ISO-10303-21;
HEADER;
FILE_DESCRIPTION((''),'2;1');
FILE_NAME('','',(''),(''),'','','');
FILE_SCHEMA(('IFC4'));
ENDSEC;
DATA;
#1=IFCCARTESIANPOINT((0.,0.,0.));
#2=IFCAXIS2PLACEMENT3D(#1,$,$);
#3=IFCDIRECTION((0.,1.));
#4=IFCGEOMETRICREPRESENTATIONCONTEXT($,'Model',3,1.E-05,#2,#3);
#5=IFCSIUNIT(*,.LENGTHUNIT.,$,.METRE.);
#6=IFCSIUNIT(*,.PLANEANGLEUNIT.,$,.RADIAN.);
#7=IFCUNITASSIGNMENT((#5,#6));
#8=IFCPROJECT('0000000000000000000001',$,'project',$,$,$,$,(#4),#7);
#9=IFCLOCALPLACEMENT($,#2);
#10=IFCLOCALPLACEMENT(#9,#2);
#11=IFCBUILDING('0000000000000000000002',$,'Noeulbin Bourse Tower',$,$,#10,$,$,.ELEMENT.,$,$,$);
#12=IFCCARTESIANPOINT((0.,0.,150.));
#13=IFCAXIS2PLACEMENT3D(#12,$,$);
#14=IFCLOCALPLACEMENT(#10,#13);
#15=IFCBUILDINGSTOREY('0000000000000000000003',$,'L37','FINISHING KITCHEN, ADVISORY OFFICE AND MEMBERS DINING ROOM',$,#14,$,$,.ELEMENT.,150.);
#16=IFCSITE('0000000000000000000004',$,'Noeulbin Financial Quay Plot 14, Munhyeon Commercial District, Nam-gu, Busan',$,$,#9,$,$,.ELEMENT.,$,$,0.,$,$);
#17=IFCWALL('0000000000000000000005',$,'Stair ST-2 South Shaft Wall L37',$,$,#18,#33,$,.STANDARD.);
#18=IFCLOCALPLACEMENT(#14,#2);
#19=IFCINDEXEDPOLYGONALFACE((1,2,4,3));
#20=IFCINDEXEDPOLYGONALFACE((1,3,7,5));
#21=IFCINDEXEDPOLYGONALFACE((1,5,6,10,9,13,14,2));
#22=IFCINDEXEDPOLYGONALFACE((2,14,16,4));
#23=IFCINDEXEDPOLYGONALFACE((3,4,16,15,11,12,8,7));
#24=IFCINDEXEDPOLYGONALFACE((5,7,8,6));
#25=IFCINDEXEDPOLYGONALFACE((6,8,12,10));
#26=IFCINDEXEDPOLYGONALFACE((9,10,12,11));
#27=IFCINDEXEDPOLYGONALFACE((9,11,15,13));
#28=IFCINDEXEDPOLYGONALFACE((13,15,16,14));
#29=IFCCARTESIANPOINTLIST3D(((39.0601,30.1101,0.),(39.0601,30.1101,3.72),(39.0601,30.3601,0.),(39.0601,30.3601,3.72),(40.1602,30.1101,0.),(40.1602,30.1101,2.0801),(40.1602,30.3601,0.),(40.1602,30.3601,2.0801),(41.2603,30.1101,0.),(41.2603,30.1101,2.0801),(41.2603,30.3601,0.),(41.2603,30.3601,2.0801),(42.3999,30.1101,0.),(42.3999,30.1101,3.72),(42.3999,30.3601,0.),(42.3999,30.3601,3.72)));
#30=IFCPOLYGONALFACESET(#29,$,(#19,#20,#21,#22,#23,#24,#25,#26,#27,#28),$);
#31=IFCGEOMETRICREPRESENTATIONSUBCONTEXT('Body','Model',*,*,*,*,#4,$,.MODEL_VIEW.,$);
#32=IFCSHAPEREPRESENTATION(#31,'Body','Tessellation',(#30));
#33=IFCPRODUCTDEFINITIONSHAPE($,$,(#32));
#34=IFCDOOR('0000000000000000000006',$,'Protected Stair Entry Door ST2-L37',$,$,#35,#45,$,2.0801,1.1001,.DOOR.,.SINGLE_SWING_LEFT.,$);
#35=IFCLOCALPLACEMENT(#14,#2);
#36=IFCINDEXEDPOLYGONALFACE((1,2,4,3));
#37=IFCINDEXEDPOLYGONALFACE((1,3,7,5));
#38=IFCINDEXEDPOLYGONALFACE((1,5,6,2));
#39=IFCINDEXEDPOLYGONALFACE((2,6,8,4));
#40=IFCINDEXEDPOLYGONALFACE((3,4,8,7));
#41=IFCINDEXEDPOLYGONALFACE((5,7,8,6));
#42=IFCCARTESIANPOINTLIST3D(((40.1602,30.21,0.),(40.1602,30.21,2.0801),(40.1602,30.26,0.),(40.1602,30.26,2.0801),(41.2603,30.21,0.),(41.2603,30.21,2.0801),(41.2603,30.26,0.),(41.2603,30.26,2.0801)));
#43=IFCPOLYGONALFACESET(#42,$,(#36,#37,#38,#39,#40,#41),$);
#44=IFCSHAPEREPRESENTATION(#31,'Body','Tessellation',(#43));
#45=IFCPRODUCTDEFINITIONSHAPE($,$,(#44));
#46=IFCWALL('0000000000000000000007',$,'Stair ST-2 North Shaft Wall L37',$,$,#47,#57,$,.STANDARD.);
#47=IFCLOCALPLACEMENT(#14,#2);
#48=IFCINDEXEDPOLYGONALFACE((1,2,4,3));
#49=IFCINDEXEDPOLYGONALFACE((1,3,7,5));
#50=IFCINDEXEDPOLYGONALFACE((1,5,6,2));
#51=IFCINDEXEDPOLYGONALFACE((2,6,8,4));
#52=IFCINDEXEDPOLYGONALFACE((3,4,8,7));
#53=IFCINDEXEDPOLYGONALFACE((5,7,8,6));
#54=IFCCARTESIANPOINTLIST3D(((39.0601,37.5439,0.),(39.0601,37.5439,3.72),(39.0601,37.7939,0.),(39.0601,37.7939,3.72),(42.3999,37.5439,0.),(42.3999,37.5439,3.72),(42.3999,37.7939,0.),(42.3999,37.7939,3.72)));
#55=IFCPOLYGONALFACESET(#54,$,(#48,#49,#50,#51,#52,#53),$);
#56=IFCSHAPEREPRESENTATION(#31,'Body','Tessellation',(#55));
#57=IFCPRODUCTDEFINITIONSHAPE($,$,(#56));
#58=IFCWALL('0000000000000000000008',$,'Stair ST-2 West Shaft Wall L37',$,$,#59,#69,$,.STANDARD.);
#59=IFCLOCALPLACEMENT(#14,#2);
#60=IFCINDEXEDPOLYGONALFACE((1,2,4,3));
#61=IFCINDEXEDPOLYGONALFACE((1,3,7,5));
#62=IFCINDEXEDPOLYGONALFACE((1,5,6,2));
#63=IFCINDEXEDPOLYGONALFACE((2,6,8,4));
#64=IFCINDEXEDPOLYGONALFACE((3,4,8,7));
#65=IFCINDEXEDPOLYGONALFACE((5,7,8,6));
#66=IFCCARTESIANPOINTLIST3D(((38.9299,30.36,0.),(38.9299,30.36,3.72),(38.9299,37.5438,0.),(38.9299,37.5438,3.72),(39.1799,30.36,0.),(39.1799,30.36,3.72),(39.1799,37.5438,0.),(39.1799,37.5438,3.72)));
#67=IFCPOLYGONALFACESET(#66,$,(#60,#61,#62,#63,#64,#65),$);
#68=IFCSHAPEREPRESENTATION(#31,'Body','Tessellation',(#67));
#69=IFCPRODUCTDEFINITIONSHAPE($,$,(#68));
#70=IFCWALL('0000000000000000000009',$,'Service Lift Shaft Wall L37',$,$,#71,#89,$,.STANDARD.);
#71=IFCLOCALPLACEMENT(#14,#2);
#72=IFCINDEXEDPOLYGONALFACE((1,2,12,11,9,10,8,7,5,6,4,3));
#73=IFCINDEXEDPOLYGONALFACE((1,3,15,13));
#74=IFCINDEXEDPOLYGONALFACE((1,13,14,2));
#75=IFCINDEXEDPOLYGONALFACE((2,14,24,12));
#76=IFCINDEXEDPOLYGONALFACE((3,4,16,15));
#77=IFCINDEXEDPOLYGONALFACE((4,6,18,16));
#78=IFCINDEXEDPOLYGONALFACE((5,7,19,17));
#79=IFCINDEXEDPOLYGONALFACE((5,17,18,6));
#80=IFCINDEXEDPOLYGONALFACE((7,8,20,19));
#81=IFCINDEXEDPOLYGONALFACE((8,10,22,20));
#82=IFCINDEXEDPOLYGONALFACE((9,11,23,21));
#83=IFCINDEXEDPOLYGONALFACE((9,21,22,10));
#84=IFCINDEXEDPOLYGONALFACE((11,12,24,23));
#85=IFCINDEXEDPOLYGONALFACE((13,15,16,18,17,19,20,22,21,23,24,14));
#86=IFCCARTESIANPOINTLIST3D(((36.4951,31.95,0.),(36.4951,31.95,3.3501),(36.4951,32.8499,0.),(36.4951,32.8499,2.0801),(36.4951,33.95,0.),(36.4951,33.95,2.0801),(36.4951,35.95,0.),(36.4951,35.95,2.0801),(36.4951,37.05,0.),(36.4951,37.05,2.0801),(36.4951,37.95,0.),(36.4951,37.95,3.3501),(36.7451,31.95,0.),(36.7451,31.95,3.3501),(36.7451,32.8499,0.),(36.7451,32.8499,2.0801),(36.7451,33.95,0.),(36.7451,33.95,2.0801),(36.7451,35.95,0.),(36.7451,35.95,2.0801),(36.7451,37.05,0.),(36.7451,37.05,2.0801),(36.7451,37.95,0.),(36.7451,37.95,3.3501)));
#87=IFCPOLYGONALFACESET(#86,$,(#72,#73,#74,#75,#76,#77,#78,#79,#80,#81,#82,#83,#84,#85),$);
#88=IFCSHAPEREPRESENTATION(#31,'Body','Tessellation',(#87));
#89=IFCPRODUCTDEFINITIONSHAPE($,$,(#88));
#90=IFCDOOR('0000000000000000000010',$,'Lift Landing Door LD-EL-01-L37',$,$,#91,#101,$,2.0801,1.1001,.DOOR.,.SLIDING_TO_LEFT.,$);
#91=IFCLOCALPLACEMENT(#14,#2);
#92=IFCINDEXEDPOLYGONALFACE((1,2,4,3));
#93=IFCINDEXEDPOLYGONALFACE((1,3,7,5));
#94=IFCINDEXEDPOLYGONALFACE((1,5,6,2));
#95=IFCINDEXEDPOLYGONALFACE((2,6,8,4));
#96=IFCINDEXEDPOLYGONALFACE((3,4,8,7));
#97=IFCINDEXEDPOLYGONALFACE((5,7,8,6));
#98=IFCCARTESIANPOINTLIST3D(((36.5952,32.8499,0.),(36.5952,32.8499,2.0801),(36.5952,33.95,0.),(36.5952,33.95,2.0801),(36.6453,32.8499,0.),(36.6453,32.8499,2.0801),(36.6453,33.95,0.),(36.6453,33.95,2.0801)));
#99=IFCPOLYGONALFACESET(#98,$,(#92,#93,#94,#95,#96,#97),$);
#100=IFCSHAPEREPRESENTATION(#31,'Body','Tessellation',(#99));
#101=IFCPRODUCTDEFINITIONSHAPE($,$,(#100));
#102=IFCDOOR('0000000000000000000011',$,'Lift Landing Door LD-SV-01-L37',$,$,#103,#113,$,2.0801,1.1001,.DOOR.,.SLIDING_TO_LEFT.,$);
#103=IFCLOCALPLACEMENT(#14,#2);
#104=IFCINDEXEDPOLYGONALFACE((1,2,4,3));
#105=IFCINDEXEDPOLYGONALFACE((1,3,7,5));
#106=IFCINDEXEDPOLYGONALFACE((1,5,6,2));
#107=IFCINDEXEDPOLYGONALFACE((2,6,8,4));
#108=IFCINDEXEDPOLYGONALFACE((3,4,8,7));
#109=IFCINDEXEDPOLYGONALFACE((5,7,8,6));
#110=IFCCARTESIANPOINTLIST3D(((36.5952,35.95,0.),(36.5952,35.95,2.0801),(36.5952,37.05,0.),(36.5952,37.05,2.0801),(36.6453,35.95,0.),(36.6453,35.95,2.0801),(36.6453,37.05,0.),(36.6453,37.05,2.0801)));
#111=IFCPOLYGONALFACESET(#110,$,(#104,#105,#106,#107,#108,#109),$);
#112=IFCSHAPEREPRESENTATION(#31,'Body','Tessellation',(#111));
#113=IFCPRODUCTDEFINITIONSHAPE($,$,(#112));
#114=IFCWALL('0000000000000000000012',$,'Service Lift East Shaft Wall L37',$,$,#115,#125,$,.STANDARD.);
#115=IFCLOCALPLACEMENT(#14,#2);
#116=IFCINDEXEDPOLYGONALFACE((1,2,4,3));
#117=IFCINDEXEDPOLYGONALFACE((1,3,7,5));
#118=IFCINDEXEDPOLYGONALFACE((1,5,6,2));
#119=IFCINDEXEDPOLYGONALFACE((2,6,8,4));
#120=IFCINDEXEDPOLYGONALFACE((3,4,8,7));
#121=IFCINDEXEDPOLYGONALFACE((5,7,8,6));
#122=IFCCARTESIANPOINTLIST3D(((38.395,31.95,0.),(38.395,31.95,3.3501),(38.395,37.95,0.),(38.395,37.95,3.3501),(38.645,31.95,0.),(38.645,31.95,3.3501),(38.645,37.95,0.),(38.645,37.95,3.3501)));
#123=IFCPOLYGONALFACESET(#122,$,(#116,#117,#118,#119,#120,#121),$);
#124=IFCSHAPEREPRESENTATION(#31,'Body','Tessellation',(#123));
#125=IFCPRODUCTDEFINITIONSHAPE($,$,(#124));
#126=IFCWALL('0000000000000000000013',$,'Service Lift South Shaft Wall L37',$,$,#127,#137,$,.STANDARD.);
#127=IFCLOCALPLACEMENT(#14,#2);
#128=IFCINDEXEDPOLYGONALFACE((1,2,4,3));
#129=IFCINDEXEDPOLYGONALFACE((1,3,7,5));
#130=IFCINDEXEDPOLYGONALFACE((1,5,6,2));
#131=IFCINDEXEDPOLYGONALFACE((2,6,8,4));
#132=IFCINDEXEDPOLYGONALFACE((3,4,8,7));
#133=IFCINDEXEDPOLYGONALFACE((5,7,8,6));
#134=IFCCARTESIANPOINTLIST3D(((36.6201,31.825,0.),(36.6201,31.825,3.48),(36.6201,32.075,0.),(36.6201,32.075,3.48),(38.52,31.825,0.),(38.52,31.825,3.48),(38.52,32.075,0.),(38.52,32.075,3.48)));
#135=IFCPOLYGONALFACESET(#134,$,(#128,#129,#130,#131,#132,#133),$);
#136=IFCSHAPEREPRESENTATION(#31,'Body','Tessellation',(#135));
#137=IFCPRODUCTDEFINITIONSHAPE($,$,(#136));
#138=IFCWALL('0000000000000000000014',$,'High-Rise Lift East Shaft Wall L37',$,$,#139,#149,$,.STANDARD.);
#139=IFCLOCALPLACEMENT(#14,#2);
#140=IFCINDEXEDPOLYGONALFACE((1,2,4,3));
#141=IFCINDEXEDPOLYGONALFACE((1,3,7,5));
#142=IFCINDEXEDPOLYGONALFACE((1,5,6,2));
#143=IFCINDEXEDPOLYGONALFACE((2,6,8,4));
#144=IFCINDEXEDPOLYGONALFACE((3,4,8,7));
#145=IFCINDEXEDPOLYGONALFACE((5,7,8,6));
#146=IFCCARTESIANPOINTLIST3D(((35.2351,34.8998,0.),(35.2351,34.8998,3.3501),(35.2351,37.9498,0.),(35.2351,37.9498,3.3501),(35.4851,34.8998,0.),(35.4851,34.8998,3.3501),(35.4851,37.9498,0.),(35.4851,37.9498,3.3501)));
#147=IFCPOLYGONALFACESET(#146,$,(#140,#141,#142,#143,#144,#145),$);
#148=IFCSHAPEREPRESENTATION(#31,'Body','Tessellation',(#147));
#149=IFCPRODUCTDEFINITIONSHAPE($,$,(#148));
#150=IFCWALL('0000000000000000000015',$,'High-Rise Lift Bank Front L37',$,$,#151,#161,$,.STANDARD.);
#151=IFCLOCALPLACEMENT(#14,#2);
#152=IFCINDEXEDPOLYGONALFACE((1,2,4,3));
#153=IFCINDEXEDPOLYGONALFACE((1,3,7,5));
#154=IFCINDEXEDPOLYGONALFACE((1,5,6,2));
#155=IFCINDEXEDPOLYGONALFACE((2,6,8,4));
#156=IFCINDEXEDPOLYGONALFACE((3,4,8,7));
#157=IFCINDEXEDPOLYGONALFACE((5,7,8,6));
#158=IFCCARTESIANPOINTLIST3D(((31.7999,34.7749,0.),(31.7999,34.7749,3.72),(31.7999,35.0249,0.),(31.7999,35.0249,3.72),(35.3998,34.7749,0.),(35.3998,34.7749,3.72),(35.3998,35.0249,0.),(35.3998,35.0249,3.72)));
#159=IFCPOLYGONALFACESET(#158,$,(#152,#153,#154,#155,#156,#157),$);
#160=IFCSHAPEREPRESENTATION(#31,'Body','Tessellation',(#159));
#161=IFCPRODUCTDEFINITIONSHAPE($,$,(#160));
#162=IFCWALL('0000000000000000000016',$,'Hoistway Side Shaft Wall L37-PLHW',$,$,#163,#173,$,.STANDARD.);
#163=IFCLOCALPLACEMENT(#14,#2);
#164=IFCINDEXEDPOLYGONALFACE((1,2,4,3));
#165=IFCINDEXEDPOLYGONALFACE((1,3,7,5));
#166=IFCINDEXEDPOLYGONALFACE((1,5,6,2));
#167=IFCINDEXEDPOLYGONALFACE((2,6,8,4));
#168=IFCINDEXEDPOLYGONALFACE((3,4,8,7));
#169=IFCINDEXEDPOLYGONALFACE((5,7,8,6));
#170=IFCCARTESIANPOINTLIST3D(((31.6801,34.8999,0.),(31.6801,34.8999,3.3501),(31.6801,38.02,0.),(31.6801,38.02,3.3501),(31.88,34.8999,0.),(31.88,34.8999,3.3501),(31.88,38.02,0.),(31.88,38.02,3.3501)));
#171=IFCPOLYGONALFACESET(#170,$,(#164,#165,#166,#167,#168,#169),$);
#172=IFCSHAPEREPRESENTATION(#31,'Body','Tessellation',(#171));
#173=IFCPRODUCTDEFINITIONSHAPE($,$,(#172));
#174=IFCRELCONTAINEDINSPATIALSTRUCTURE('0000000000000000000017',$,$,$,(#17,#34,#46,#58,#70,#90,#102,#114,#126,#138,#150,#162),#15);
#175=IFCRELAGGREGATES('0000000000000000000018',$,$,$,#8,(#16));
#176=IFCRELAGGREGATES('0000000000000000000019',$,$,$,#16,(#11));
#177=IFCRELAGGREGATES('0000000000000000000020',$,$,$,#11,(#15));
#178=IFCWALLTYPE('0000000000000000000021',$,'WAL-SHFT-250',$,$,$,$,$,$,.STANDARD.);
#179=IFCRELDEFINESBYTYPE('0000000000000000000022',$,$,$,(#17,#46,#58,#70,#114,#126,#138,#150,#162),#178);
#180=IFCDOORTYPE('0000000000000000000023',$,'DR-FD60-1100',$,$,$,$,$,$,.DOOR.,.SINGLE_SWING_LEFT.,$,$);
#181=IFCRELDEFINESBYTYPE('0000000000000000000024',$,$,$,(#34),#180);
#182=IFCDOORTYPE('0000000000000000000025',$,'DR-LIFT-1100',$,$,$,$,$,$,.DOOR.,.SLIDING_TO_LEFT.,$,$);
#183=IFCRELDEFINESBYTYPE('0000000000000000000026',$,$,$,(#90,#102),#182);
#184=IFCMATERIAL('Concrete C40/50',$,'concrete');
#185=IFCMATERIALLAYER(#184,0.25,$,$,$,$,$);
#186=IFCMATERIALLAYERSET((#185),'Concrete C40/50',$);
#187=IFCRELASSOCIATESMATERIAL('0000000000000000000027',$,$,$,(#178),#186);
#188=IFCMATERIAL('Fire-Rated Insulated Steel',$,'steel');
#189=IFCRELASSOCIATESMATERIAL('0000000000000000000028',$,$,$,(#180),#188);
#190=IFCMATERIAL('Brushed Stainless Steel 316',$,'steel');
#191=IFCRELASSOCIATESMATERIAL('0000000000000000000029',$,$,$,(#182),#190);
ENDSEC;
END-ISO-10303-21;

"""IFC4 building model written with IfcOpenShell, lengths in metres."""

from ifc_helpers import new_model, si_unit, direction, frame, frame_2d, origin, place, context, subcontext, project, spatial, rectangle, extrude, material, layer, layer_set, type_object, element, fill, save


model = new_model("IFC4")

# Units and contexts
model_context = context("Model", 3, precision=1e-05, world=origin(), true_north=direction((0.0, 1.0)))
body_context = subcontext(model_context, "Body", "Model", "MODEL_VIEW")
ifc_project = project(units=[si_unit("LENGTHUNIT", "METRE"), si_unit("PLANEANGLEUNIT", "RADIAN")], contexts=[model_context])

# Site, building, storey
site_placement = place(None, origin())
site = spatial("IfcSite", under=ifc_project, at=site_placement, Name="Noeulbin Financial Quay Plot 14, Munhyeon Commercial District, Nam-gu, Busan", CompositionType="ELEMENT", RefElevation=0.0)
building_placement = place(site_placement, origin())
building = spatial("IfcBuilding", under=site, at=building_placement, Name="Noeulbin Bourse Tower", CompositionType="ELEMENT")
storey_placement = place(building_placement, frame((0.0, 0.0, 150.0)))
storey = spatial("IfcBuildingStorey", under=building, at=storey_placement, Name="L37", Description="FINISHING KITCHEN, ADVISORY OFFICE AND MEMBERS DINING ROOM", CompositionType="ELEMENT", Elevation=150.0)

# Shared definitions
ifc_material_1 = material(Name="Concrete C40/50", Category="concrete")

# Wall, opening, door
ifc_layer_1 = layer(ifc_material_1, 0.25)
ifc_layer_set_1 = layer_set([ifc_layer_1], Name="Concrete C40/50")
wall_type_1 = type_object("IfcWallType", Name="WAL-SHFT-250", PredefinedType="STANDARD", material=ifc_layer_set_1)
wall_1_placement = place(storey_placement, frame((39.0601, 30.2351, 0.0), z_axis=(0.0, 0.0, 1.0), x_axis=(1.0, 0.0, 0.0)))
wall_1 = element("IfcWall", 1, at=wall_1_placement, inside=storey, type_object=wall_type_1, Name="Stair ST-2 South Shaft Wall L37", PredefinedType="STANDARD", context=body_context, shape_type="SweptSolid", body=[
    extrude(rectangle(XDim=3.3398, YDim=0.25, at=frame_2d((1.6699, 0.0))), origin(), (0.0, 0.0, 1.0), 3.72),
])
opening_1_placement = place(wall_1_placement, frame((1.1001, 0.0, 0.0)))
opening_1 = element("IfcOpeningElement", 2, at=opening_1_placement, cuts=wall_1, PredefinedType="OPENING", context=body_context, shape_type="SweptSolid", body=[
    extrude(rectangle(XDim=1.1001, YDim=2.0801, at=frame_2d((0.55, 1.04))), frame((0.0, 0.135, 0.0), z_axis=(0.0, -1.0, 0.0), x_axis=(1.0, 0.0, 0.0)), (0.0, 0.0, 1.0), 0.27),
])
ifc_material_2 = material(Name="Fire-Rated Insulated Steel", Category="steel")
door_type_1 = type_object("IfcDoorType", Name="DR-FD60-1100", OperationType="SINGLE_SWING_LEFT", PredefinedType="DOOR", material=ifc_material_2)
door_1_placement = place(opening_1_placement, origin())
door_1 = element("IfcDoor", 3, at=door_1_placement, inside=storey, type_object=door_type_1, Name="Protected Stair Entry Door ST2-L37", OperationType="SINGLE_SWING_LEFT", OverallHeight=2.0801, OverallWidth=1.1001, PredefinedType="DOOR", context=body_context, shape_type="SweptSolid", body=[
    extrude(rectangle(XDim=1.1001, YDim=2.0801, at=frame_2d((0.55, 1.04))), frame((0.0, 0.0249, 0.0), z_axis=(0.0, -1.0, 0.0), x_axis=(1.0, 0.0, 0.0)), (0.0, 0.0, 1.0), 0.05),
])
fill(opening_1, door_1)

# Walls
wall_2_placement = place(storey_placement, frame((39.0601, 37.6689, 0.0), z_axis=(0.0, 0.0, 1.0), x_axis=(1.0, 0.0, 0.0)))
element("IfcWall", 4, at=wall_2_placement, inside=storey, type_object=wall_type_1, Name="Stair ST-2 North Shaft Wall L37", PredefinedType="STANDARD", context=body_context, shape_type="SweptSolid", body=[
    extrude(rectangle(XDim=3.3398, YDim=0.25, at=frame_2d((1.6699, 0.0))), origin(), (0.0, 0.0, 1.0), 3.72),
])
wall_3_placement = place(storey_placement, frame((39.0549, 30.3601, 0.0), z_axis=(0.0, 0.0, 1.0), x_axis=(0.0, 1.0, 0.0)))
element("IfcWall", 5, at=wall_3_placement, inside=storey, type_object=wall_type_1, Name="Stair ST-2 West Shaft Wall L37", PredefinedType="STANDARD", context=body_context, shape_type="SweptSolid", body=[
    extrude(rectangle(XDim=7.1838, YDim=0.25, at=frame_2d((3.5918, 0.0))), origin(), (0.0, 0.0, 1.0), 3.72),
])

# Wall, openings, doors
wall_4_placement = place(storey_placement, frame((36.6201, 31.95, 0.0), z_axis=(0.0, 0.0, 1.0), x_axis=(0.0, 1.0, 0.0)))
wall_4 = element("IfcWall", 6, at=wall_4_placement, inside=storey, type_object=wall_type_1, Name="Service Lift Shaft Wall L37", PredefinedType="STANDARD", context=body_context, shape_type="SweptSolid", body=[
    extrude(rectangle(XDim=6.0, YDim=0.25, at=frame_2d((3.0, 0.0))), origin(), (0.0, 0.0, 1.0), 3.3501),
])
opening_2_placement = place(wall_4_placement, frame((0.8999, 0.0, 0.0)))
opening_2 = element("IfcOpeningElement", 7, at=opening_2_placement, cuts=wall_4, PredefinedType="OPENING", context=body_context, shape_type="SweptSolid", body=[
    extrude(rectangle(XDim=1.1001, YDim=2.0801, at=frame_2d((0.55, 1.04))), frame((0.0, 0.135, 0.0), z_axis=(0.0, -1.0, 0.0), x_axis=(1.0, 0.0, 0.0)), (0.0, 0.0, 1.0), 0.27),
])
opening_3_placement = place(wall_4_placement, frame((4.0, 0.0, 0.0)))
opening_3 = element("IfcOpeningElement", 8, at=opening_3_placement, cuts=wall_4, PredefinedType="OPENING", context=body_context, shape_type="SweptSolid", body=[
    extrude(rectangle(XDim=1.1001, YDim=2.0801, at=frame_2d((0.55, 1.04))), frame((0.0, 0.135, 0.0), z_axis=(0.0, -1.0, 0.0), x_axis=(1.0, 0.0, 0.0)), (0.0, 0.0, 1.0), 0.27),
])
ifc_material_3 = material(Name="Brushed Stainless Steel 316", Category="steel")
door_type_2 = type_object("IfcDoorType", Name="DR-LIFT-1100", OperationType="SLIDING_TO_LEFT", PredefinedType="DOOR", material=ifc_material_3)
door_2_placement = place(opening_2_placement, origin())
door_2 = element("IfcDoor", 9, at=door_2_placement, inside=storey, type_object=door_type_2, Name="Lift Landing Door LD-EL-01-L37", OperationType="SLIDING_TO_LEFT", OverallHeight=2.0801, OverallWidth=1.1001, PredefinedType="DOOR", context=body_context, shape_type="SweptSolid", body=[
    extrude(rectangle(XDim=1.1001, YDim=2.0801, at=frame_2d((0.55, 1.04))), frame((0.0, 0.0249, 0.0), z_axis=(0.0, -1.0, 0.0), x_axis=(1.0, 0.0, 0.0)), (0.0, 0.0, 1.0), 0.05),
])
fill(opening_2, door_2)
door_3_placement = place(opening_3_placement, origin())
door_3 = element("IfcDoor", 10, at=door_3_placement, inside=storey, type_object=door_type_2, Name="Lift Landing Door LD-SV-01-L37", OperationType="SLIDING_TO_LEFT", OverallHeight=2.0801, OverallWidth=1.1001, PredefinedType="DOOR", context=body_context, shape_type="SweptSolid", body=[
    extrude(rectangle(XDim=1.1001, YDim=2.0801, at=frame_2d((0.55, 1.04))), frame((0.0, 0.0249, 0.0), z_axis=(0.0, -1.0, 0.0), x_axis=(1.0, 0.0, 0.0)), (0.0, 0.0, 1.0), 0.05),
])
fill(opening_3, door_3)

# Walls
wall_5_placement = place(storey_placement, frame((38.52, 31.95, 0.0), z_axis=(0.0, 0.0, 1.0), x_axis=(0.0, 1.0, 0.0)))
element("IfcWall", 11, at=wall_5_placement, inside=storey, type_object=wall_type_1, Name="Service Lift East Shaft Wall L37", PredefinedType="STANDARD", context=body_context, shape_type="SweptSolid", body=[
    extrude(rectangle(XDim=6.0, YDim=0.25, at=frame_2d((3.0, 0.0))), origin(), (0.0, 0.0, 1.0), 3.3501),
])
wall_6_placement = place(storey_placement, frame((36.6201, 31.95, 0.0), z_axis=(0.0, 0.0, 1.0), x_axis=(1.0, 0.0, 0.0)))
element("IfcWall", 12, at=wall_6_placement, inside=storey, type_object=wall_type_1, Name="Service Lift South Shaft Wall L37", PredefinedType="STANDARD", context=body_context, shape_type="SweptSolid", body=[
    extrude(rectangle(XDim=1.8999, YDim=0.25, at=frame_2d((0.95, 0.0))), origin(), (0.0, 0.0, 1.0), 3.48),
])
wall_7_placement = place(storey_placement, frame((35.3601, 34.8999, 0.0), z_axis=(0.0, 0.0, 1.0), x_axis=(0.0, 1.0, 0.0)))
element("IfcWall", 13, at=wall_7_placement, inside=storey, type_object=wall_type_1, Name="High-Rise Lift East Shaft Wall L37", PredefinedType="STANDARD", context=body_context, shape_type="SweptSolid", body=[
    extrude(rectangle(XDim=3.05, YDim=0.25, at=frame_2d((1.5249, 0.0))), origin(), (0.0, 0.0, 1.0), 3.3501),
])
wall_8_placement = place(storey_placement, frame((31.8, 34.8999, 0.0), z_axis=(0.0, 0.0, 1.0), x_axis=(1.0, 0.0, 0.0)))
element("IfcWall", 14, at=wall_8_placement, inside=storey, type_object=wall_type_1, Name="High-Rise Lift Bank Front L37", PredefinedType="STANDARD", context=body_context, shape_type="SweptSolid", body=[
    extrude(rectangle(XDim=3.5999, YDim=0.25, at=frame_2d((1.7998, 0.0))), origin(), (0.0, 0.0, 1.0), 3.72),
])
wall_9_placement = place(storey_placement, frame((31.78, 34.8999, 0.0), z_axis=(0.0, 0.0, 1.0), x_axis=(0.0, 1.0, 0.0)))
element("IfcWall", 15, at=wall_9_placement, inside=storey, type_object=wall_type_1, Name="Hoistway Side Shaft Wall L37-PLHW", PredefinedType="STANDARD", context=body_context, shape_type="SweptSolid", body=[
    extrude(rectangle(XDim=3.1201, YDim=0.2, at=frame_2d((1.5601, 0.0))), origin(), (0.0, 0.0, 1.0), 3.3501),
])

save(model, "model.ifc")
